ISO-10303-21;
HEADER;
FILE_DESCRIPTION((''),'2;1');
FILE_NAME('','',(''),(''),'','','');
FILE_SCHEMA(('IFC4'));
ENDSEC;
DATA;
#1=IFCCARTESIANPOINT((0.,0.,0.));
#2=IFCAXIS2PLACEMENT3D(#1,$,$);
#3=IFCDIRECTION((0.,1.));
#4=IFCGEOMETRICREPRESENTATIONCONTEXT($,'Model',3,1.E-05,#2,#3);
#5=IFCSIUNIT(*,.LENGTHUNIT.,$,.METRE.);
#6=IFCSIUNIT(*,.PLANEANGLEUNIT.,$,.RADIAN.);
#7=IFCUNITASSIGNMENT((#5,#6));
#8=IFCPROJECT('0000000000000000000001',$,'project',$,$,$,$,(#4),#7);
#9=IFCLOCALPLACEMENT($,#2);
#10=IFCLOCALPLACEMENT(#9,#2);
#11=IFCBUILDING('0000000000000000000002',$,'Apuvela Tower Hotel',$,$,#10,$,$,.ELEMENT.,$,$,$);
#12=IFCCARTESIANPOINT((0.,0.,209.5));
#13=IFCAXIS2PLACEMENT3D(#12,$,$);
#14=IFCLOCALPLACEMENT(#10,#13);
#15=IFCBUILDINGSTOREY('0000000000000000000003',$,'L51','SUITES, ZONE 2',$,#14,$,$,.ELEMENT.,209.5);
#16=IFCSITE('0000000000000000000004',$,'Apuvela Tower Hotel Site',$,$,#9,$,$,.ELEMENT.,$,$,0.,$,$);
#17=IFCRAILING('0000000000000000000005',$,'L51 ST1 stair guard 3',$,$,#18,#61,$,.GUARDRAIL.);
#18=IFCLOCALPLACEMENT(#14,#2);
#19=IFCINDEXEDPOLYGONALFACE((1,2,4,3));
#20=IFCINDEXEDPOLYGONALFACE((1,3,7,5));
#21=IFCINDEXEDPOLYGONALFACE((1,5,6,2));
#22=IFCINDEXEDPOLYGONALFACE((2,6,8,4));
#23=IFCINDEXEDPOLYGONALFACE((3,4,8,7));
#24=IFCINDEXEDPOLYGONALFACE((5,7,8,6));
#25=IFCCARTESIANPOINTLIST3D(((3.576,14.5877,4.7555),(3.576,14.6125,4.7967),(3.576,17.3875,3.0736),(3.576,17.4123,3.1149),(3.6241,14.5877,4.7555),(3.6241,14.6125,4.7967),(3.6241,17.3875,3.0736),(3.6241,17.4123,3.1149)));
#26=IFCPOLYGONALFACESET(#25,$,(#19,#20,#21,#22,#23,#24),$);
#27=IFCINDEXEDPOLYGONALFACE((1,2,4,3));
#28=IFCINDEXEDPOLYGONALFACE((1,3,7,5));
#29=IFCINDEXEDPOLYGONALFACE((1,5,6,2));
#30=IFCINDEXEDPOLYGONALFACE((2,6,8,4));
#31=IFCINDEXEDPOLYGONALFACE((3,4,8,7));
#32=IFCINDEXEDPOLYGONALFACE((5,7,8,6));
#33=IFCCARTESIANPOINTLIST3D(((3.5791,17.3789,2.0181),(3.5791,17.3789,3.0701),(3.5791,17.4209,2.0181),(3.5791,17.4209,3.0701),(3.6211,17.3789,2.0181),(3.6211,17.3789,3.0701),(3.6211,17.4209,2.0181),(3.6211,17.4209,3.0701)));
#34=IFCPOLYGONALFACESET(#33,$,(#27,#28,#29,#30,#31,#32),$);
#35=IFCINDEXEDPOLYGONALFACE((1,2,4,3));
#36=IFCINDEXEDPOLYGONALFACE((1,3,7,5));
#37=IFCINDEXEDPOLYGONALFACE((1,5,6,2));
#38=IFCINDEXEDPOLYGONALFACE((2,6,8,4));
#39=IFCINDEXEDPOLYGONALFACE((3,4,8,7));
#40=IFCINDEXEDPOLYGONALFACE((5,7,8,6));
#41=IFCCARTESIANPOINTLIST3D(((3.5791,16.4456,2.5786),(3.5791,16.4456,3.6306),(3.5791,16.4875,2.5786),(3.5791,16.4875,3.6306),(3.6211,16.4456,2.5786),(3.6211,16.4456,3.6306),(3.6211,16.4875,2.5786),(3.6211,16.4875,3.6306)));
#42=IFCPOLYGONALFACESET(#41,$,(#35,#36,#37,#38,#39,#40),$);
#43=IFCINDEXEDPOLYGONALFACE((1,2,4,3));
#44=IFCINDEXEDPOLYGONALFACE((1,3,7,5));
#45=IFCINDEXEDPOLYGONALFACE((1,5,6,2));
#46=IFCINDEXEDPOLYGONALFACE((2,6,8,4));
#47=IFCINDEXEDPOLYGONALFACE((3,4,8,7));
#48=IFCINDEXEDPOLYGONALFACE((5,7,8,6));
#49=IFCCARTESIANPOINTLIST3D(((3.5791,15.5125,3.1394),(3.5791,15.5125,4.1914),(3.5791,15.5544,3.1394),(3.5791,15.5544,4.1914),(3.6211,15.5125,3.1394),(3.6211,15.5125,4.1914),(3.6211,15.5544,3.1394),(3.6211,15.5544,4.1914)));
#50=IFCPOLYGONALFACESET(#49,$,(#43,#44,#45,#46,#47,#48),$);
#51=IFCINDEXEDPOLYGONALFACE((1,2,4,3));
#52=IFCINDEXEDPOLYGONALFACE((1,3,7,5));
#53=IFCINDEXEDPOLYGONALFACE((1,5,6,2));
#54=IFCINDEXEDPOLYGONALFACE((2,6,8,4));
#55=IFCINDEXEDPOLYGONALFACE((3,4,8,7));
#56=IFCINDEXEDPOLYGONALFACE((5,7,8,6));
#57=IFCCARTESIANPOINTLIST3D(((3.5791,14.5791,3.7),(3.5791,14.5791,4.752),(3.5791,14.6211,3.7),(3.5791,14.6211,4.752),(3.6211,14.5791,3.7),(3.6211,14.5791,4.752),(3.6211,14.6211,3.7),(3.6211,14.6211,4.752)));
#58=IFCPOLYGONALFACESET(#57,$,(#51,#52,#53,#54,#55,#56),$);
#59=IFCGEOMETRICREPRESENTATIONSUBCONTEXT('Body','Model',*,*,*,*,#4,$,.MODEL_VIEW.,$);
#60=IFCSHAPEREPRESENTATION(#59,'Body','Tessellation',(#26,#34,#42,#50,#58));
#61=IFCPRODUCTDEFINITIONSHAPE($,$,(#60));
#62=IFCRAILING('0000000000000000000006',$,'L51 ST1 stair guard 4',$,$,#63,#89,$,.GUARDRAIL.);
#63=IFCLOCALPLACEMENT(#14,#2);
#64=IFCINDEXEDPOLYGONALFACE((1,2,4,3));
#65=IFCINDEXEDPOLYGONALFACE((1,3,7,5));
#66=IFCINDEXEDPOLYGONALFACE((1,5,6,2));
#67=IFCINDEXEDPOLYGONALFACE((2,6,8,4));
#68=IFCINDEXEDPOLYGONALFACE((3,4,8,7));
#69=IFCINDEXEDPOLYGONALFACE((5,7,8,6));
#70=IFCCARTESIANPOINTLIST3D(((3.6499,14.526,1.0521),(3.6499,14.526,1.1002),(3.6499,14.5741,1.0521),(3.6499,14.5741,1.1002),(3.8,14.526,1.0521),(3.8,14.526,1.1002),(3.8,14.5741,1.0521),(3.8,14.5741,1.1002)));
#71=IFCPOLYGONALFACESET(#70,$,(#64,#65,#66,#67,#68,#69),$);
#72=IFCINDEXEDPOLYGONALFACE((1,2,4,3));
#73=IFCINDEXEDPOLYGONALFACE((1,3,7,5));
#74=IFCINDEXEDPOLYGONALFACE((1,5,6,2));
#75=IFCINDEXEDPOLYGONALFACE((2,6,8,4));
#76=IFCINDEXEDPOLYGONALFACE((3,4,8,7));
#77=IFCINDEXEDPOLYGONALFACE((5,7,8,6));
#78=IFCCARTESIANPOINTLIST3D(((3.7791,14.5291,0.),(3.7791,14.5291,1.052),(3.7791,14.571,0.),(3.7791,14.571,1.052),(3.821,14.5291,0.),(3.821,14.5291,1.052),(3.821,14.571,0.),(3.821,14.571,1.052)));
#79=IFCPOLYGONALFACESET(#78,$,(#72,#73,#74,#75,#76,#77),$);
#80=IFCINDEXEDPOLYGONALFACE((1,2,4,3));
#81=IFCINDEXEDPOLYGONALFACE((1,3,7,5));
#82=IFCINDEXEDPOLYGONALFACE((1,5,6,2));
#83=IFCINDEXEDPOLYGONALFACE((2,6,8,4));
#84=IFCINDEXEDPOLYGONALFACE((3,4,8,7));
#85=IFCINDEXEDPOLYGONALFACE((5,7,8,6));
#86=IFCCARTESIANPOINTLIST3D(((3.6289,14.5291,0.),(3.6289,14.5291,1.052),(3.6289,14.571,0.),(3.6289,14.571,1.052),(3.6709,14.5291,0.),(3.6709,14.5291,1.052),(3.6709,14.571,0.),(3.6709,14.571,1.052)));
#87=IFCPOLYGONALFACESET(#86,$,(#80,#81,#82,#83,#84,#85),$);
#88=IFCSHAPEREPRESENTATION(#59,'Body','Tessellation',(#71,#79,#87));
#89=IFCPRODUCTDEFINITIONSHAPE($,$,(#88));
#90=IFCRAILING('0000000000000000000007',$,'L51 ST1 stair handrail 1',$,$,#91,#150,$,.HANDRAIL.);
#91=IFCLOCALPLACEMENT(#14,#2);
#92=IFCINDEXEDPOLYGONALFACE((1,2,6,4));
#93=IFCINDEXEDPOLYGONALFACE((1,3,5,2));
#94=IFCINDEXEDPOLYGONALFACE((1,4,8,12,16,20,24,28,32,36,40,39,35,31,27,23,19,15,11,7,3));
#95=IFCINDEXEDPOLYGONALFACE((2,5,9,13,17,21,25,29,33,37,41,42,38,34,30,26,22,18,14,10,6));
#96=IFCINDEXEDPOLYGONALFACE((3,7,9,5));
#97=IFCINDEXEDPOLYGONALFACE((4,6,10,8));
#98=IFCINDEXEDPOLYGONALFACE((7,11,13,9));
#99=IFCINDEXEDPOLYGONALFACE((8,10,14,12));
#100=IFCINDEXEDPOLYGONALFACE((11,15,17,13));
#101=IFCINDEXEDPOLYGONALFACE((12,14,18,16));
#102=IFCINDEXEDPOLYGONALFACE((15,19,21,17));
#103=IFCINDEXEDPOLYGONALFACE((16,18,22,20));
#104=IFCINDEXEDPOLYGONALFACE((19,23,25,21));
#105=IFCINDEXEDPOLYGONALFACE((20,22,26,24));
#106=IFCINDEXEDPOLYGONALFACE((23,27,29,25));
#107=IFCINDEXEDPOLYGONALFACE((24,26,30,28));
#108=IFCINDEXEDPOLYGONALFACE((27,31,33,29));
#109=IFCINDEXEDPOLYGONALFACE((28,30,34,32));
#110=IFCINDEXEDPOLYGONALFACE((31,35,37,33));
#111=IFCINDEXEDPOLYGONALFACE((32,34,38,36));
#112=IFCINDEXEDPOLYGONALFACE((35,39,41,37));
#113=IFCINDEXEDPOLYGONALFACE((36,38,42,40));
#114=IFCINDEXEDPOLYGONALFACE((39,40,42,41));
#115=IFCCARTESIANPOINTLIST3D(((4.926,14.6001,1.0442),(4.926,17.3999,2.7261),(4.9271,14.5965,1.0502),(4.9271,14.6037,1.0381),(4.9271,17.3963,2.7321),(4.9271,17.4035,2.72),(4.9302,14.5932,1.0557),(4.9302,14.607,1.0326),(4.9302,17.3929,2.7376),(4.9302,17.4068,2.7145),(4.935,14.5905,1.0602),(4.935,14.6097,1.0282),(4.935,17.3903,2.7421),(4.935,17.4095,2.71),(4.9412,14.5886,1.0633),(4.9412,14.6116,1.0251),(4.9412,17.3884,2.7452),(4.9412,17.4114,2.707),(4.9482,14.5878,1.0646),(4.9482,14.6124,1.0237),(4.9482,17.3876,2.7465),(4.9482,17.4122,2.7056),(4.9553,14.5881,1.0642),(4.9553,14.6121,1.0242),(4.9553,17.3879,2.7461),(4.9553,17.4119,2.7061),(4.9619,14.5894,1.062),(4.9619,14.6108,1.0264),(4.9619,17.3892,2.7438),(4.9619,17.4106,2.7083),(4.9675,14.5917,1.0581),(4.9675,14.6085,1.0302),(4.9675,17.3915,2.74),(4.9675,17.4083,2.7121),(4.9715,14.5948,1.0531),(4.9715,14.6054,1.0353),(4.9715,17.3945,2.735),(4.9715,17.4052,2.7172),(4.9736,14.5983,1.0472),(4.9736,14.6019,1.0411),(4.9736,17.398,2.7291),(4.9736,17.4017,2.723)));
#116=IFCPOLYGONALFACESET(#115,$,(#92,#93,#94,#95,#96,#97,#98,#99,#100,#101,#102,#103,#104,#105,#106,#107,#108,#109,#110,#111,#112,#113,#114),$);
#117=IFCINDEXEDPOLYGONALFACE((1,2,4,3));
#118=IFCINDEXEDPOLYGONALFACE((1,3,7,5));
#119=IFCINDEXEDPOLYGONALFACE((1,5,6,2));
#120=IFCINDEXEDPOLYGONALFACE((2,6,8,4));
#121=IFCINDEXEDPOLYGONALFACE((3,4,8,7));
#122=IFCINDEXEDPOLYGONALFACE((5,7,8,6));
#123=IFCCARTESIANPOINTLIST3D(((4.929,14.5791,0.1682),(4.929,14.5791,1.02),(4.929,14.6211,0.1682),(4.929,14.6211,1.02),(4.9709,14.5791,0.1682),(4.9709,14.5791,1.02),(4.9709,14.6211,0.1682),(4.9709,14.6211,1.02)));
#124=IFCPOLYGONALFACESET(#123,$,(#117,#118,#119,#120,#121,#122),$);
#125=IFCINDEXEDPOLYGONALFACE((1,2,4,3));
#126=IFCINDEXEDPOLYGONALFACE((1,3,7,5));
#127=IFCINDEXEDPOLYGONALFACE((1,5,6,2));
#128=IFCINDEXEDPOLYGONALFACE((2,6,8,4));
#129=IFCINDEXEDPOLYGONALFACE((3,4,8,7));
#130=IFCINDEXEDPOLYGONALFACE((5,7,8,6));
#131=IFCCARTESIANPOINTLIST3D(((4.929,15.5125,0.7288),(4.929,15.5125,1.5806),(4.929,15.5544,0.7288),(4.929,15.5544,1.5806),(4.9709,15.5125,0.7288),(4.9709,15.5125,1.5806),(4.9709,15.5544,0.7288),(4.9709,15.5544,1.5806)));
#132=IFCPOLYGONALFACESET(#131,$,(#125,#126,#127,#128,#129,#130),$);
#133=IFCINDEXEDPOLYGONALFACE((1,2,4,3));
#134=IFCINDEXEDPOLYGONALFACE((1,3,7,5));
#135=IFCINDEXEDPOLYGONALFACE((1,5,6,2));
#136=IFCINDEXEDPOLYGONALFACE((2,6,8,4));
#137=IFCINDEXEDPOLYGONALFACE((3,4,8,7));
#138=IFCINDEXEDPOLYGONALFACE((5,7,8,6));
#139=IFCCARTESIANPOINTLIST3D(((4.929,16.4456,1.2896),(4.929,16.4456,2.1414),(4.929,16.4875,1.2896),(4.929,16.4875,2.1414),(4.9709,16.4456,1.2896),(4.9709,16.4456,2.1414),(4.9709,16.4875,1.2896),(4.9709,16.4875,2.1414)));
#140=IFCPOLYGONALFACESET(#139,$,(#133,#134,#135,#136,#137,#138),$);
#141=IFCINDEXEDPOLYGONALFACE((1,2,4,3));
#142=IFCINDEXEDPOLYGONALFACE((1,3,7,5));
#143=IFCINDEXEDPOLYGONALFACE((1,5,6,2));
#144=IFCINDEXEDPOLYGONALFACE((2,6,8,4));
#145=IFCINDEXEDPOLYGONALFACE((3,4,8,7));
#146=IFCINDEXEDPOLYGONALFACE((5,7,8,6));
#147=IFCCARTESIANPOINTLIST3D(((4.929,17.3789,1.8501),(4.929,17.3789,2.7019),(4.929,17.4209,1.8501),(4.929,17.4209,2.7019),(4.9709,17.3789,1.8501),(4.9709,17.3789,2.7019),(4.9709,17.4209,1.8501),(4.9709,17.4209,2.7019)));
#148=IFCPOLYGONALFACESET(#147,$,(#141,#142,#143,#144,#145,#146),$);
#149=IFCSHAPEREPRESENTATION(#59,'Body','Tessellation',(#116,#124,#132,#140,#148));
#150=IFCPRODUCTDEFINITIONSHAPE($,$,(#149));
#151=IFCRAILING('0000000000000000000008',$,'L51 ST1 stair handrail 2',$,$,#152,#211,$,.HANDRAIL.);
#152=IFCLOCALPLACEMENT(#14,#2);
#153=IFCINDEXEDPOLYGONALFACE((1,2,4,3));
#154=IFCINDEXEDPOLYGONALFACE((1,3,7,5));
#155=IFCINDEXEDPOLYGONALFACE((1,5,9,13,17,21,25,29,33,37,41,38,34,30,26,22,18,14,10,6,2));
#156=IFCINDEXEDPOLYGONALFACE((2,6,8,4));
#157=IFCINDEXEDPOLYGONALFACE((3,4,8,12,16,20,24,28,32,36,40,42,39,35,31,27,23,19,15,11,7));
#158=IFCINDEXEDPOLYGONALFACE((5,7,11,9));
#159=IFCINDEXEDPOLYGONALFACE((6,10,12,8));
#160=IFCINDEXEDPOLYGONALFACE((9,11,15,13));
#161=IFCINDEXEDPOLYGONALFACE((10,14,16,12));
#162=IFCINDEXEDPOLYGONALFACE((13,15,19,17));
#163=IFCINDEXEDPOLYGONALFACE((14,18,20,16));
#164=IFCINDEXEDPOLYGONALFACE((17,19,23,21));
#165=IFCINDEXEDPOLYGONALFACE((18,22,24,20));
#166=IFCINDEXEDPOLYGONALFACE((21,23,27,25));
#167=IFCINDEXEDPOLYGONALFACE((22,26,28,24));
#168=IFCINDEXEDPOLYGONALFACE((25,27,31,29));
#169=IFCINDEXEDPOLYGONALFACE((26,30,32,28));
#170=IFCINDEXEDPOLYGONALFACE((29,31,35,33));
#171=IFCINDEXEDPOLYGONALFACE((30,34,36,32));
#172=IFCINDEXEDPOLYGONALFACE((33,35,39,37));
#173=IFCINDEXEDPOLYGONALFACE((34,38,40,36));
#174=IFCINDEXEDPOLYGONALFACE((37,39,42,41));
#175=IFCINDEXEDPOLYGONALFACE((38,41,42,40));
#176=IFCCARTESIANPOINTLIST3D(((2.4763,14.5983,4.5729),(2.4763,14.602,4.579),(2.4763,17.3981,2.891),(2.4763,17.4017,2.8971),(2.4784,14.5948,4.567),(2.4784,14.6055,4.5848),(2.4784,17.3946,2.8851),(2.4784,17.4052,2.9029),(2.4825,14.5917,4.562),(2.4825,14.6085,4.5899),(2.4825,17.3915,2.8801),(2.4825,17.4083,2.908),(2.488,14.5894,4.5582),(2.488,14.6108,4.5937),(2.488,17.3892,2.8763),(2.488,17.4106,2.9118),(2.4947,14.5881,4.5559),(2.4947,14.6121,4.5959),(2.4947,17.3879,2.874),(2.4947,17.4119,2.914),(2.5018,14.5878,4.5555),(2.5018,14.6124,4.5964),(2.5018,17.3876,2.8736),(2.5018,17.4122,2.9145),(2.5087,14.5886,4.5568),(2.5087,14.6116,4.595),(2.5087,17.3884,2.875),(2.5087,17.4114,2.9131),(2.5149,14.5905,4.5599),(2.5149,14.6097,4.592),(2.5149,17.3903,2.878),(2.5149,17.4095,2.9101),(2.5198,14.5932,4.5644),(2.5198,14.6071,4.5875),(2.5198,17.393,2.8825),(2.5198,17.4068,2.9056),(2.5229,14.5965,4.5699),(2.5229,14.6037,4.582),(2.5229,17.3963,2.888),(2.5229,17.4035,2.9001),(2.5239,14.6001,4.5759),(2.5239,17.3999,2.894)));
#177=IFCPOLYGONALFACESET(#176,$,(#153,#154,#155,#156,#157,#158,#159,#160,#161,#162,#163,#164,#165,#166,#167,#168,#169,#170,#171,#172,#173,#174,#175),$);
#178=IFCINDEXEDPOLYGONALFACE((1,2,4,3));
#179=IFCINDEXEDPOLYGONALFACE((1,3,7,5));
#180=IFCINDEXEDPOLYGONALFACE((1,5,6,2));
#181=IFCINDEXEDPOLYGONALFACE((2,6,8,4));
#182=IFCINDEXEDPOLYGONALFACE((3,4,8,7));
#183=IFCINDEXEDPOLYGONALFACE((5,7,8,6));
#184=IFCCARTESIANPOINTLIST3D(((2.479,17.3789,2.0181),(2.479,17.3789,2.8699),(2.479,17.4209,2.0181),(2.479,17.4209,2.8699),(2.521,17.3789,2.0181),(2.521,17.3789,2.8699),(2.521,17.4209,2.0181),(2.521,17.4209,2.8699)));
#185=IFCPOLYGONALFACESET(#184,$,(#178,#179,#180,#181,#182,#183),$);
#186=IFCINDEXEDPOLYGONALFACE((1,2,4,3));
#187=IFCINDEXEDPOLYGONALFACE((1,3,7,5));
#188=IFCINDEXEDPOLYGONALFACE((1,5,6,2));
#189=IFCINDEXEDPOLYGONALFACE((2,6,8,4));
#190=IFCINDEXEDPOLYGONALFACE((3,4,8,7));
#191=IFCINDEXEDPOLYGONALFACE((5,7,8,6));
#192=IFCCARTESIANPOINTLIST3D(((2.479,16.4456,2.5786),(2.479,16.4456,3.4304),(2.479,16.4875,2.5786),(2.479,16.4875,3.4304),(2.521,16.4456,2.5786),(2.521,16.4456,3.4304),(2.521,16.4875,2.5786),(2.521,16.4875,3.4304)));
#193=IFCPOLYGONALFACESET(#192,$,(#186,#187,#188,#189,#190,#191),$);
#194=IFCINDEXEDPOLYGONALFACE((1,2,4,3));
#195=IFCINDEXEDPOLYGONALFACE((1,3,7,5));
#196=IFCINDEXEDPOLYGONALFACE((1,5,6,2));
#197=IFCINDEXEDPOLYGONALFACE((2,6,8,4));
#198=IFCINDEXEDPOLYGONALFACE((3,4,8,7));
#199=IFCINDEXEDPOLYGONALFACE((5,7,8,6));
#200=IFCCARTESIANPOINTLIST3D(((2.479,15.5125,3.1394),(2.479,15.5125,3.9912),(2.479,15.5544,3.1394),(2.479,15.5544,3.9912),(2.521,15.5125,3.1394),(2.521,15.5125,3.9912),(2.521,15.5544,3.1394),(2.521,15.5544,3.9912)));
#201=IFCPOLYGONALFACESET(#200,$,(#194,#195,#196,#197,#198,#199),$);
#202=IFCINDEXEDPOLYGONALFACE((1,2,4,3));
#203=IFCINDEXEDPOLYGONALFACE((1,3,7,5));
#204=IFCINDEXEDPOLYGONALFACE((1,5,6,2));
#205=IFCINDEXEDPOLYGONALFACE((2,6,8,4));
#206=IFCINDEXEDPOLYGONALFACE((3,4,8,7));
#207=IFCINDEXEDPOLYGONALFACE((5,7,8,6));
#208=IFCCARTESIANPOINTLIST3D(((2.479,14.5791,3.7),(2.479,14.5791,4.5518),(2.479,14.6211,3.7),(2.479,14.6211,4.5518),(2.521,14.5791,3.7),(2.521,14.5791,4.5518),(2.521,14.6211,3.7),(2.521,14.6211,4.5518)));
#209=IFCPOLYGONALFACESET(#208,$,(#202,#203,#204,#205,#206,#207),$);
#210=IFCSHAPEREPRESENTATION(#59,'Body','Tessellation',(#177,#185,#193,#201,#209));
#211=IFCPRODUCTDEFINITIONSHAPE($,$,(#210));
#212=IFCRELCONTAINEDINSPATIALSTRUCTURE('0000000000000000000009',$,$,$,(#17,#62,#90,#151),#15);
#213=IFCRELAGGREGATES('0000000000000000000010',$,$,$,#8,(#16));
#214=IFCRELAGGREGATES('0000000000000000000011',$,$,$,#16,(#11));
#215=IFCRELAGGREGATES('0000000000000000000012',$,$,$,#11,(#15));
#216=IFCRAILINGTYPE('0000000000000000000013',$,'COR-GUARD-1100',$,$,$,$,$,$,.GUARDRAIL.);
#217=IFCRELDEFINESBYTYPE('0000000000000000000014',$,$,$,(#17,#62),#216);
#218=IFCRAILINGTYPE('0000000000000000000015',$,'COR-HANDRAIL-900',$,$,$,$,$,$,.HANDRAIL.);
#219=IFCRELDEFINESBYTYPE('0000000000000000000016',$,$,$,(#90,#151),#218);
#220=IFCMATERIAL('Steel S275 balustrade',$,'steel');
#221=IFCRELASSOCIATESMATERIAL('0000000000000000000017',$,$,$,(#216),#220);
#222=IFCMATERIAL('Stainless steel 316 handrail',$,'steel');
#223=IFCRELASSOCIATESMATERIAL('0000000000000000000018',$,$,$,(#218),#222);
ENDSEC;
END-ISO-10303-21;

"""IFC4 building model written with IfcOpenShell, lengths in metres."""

from ifc_helpers import new_model, si_unit, direction, frame, origin, origin_2d, place, context, subcontext, project, spatial, rectangle, circle, extrude, material, type_object, element, save


model = new_model("IFC4")

# Units and contexts
model_context = context("Model", 3, precision=1e-05, world=origin(), true_north=direction((0.0, 1.0)))
body_context = subcontext(model_context, "Body", "Model", "MODEL_VIEW")
ifc_project = project(units=[si_unit("LENGTHUNIT", "METRE"), si_unit("PLANEANGLEUNIT", "RADIAN")], contexts=[model_context])

# Site, building, storey
site_placement = place(None, origin())
site = spatial("IfcSite", under=ifc_project, at=site_placement, Name="Apuvela Tower Hotel Site", CompositionType="ELEMENT", RefElevation=0.0)
building_placement = place(site_placement, origin())
building = spatial("IfcBuilding", under=site, at=building_placement, Name="Apuvela Tower Hotel", CompositionType="ELEMENT")
storey_placement = place(building_placement, frame((0.0, 0.0, 209.5)))
storey = spatial("IfcBuildingStorey", under=building, at=storey_placement, Name="L51", Description="SUITES, ZONE 2", CompositionType="ELEMENT", Elevation=209.5)

# Railings
ifc_material_1 = material(Name="Steel S275 balustrade", Category="steel")
railing_type_1 = type_object("IfcRailingType", Name="COR-GUARD-1100", PredefinedType="GUARDRAIL", material=ifc_material_1)
railing_1_placement = place(storey_placement, frame((3.6001, 17.3999, 2.0181)))
element("IfcRailing", 1, at=railing_1_placement, inside=storey, type_object=railing_type_1, Name="L51 ST1 stair guard 3", PredefinedType="GUARDRAIL", context=body_context, shape_type="SweptSolid", body=[
    extrude(rectangle(XDim=0.0481, YDim=0.0481, at=origin_2d()), frame((0.0, 0.0, 1.0762), z_axis=(0.0, -0.857222, 0.514946), x_axis=(1.0, 0.0, 0.0)), (0.0, 0.0, 1.0), 3.2661),
    extrude(rectangle(XDim=0.042, YDim=0.042, at=origin_2d()), origin(), (0.0, 0.0, 1.0), 1.052),
    extrude(rectangle(XDim=0.042, YDim=0.042, at=origin_2d()), frame((0.0, -0.9333, 0.5605)), (0.0, 0.0, 1.0), 1.052),
    extrude(rectangle(XDim=0.042, YDim=0.042, at=origin_2d()), frame((0.0, -1.8665, 1.1213)), (0.0, 0.0, 1.0), 1.052),
    extrude(rectangle(XDim=0.042, YDim=0.042, at=origin_2d()), frame((0.0, -2.7998, 1.6819)), (0.0, 0.0, 1.0), 1.052),
])
railing_2_placement = place(storey_placement, frame((3.8, 14.55, 0.0)))
element("IfcRailing", 2, at=railing_2_placement, inside=storey, type_object=railing_type_1, Name="L51 ST1 stair guard 4", PredefinedType="GUARDRAIL", context=body_context, shape_type="SweptSolid", body=[
    extrude(rectangle(XDim=0.0481, YDim=0.0481, at=origin_2d()), frame((0.0, 0.0, 1.0762), z_axis=(-1.0, 0.0, 0.0), x_axis=(0.0, -1.0, 0.0)), (0.0, 0.0, 1.0), 0.1501),
    extrude(rectangle(XDim=0.042, YDim=0.042, at=origin_2d()), origin(), (0.0, 0.0, 1.0), 1.052),
    extrude(rectangle(XDim=0.042, YDim=0.042, at=origin_2d()), frame((-0.1501, 0.0, 0.0)), (0.0, 0.0, 1.0), 1.052),
])
ifc_material_2 = material(Name="Stainless steel 316 handrail", Category="steel")
railing_type_2 = type_object("IfcRailingType", Name="COR-HANDRAIL-900", PredefinedType="HANDRAIL", material=ifc_material_2)
railing_3_placement = place(storey_placement, frame((4.95, 14.6001, 0.1682)))
element("IfcRailing", 3, at=railing_3_placement, inside=storey, type_object=railing_type_2, Name="L51 ST1 stair handrail 1", PredefinedType="HANDRAIL", context=body_context, shape_type="SweptSolid", body=[
    extrude(circle(Radius=0.0239, at=origin_2d()), frame((0.0, 0.0, 0.876), z_axis=(0.0, 0.857222, 0.514946), x_axis=(-1.0, 0.0, 0.0)), (0.0, 0.0, 1.0), 3.2661),
    extrude(rectangle(XDim=0.042, YDim=0.042, at=origin_2d()), origin(), (0.0, 0.0, 1.0), 0.8518),
    extrude(rectangle(XDim=0.042, YDim=0.042, at=origin_2d()), frame((0.0, 0.9333, 0.5605)), (0.0, 0.0, 1.0), 0.8518),
    extrude(rectangle(XDim=0.042, YDim=0.042, at=origin_2d()), frame((0.0, 1.8665, 1.1213)), (0.0, 0.0, 1.0), 0.8518),
    extrude(rectangle(XDim=0.042, YDim=0.042, at=origin_2d()), frame((0.0, 2.7998, 1.6819)), (0.0, 0.0, 1.0), 0.8518),
])
railing_4_placement = place(storey_placement, frame((2.5, 17.3999, 2.0181)))
element("IfcRailing", 4, at=railing_4_placement, inside=storey, type_object=railing_type_2, Name="L51 ST1 stair handrail 2", PredefinedType="HANDRAIL", context=body_context, shape_type="SweptSolid", body=[
    extrude(circle(Radius=0.0239, at=origin_2d()), frame((0.0, 0.0, 0.876), z_axis=(0.0, -0.857222, 0.514946), x_axis=(1.0, 0.0, 0.0)), (0.0, 0.0, 1.0), 3.2661),
    extrude(rectangle(XDim=0.042, YDim=0.042, at=origin_2d()), origin(), (0.0, 0.0, 1.0), 0.8518),
    extrude(rectangle(XDim=0.042, YDim=0.042, at=origin_2d()), frame((0.0, -0.9333, 0.5605)), (0.0, 0.0, 1.0), 0.8518),
    extrude(rectangle(XDim=0.042, YDim=0.042, at=origin_2d()), frame((0.0, -1.8665, 1.1213)), (0.0, 0.0, 1.0), 0.8518),
    extrude(rectangle(XDim=0.042, YDim=0.042, at=origin_2d()), frame((0.0, -2.7998, 1.6819)), (0.0, 0.0, 1.0), 0.8518),
])

save(model, "model.ifc")
